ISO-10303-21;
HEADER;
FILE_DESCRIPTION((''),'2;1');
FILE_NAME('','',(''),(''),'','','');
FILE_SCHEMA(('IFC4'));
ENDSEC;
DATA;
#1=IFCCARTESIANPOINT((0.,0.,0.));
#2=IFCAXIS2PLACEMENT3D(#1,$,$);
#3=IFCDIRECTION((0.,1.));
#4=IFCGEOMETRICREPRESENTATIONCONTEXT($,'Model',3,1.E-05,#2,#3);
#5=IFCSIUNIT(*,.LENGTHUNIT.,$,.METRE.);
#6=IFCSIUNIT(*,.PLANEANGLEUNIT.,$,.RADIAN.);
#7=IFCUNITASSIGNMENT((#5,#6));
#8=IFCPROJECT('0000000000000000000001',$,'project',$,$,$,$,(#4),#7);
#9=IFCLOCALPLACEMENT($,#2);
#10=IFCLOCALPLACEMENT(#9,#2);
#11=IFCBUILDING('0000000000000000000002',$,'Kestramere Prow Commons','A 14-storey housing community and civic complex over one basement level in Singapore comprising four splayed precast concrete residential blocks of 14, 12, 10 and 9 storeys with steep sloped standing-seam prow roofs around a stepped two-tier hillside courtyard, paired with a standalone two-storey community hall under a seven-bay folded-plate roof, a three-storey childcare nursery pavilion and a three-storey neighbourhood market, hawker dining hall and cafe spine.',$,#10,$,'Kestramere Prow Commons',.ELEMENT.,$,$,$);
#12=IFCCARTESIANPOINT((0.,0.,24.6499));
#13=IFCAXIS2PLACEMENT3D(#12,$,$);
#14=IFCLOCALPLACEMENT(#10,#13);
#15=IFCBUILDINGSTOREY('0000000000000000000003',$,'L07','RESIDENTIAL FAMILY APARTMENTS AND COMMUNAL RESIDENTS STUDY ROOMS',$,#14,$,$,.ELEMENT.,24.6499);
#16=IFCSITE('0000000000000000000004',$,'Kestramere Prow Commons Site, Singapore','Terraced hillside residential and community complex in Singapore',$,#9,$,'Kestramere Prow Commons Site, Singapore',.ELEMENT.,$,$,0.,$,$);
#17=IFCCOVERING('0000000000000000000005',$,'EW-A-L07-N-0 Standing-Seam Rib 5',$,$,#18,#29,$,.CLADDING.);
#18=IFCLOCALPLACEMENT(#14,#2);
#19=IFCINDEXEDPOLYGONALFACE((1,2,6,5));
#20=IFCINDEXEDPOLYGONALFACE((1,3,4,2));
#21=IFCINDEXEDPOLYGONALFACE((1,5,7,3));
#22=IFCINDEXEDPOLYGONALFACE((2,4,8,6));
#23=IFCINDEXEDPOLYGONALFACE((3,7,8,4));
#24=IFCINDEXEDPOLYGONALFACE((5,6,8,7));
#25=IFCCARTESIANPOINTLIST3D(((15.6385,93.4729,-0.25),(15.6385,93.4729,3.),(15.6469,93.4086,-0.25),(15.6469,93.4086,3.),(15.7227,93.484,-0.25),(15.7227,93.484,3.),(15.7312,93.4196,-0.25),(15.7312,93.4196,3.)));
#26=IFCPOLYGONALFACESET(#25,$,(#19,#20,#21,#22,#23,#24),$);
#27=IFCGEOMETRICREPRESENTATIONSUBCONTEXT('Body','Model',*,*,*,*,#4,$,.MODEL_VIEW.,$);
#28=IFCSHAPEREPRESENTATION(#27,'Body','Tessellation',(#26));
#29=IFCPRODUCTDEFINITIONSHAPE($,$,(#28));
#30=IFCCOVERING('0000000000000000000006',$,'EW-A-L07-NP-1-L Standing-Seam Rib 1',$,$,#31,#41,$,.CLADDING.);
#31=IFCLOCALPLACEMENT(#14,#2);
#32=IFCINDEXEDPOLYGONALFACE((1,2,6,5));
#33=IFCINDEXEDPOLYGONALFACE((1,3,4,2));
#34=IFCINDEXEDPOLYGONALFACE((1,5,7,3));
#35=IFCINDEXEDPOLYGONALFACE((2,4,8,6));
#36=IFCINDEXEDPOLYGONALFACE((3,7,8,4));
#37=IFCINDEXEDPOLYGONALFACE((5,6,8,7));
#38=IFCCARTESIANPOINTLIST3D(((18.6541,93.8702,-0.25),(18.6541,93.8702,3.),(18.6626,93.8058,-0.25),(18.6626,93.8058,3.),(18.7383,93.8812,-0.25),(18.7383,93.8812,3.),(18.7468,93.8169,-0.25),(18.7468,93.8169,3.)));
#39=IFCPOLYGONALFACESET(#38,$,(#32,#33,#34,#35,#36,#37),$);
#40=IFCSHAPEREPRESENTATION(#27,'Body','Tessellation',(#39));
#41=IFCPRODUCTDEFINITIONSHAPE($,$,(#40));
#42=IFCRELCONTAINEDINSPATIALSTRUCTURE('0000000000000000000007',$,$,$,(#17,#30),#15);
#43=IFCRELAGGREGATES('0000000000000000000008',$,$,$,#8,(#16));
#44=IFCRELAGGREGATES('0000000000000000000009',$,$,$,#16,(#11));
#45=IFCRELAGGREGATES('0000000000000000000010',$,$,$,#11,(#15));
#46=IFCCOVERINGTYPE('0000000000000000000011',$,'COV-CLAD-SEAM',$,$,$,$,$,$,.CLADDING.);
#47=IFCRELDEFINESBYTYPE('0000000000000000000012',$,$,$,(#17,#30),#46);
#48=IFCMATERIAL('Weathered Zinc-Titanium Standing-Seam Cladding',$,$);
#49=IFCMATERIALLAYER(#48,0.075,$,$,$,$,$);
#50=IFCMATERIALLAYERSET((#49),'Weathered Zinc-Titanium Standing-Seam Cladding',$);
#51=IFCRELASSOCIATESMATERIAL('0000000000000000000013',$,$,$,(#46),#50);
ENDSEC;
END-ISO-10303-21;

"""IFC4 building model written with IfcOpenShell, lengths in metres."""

from ifc_helpers import new_model, si_unit, direction, frame, origin, origin_2d, place, context, subcontext, project, spatial, rectangle, extrude, material, layer, layer_set, type_object, element, save


model = new_model("IFC4")

# Units and contexts
model_context = context("Model", 3, precision=1e-05, world=origin(), true_north=direction((0.0, 1.0)))
body_context = subcontext(model_context, "Body", "Model", "MODEL_VIEW")
ifc_project = project(units=[si_unit("LENGTHUNIT", "METRE"), si_unit("PLANEANGLEUNIT", "RADIAN")], contexts=[model_context])

# Site, building, storey
site_placement = place(None, origin())
site = spatial("IfcSite", under=ifc_project, at=site_placement, Name="Kestramere Prow Commons Site, Singapore", Description="Terraced hillside residential and community complex in Singapore", LongName="Kestramere Prow Commons Site, Singapore", CompositionType="ELEMENT", RefElevation=0.0)
building_placement = place(site_placement, origin())
building = spatial("IfcBuilding", under=site, at=building_placement, Name="Kestramere Prow Commons", Description="A 14-storey housing community and civic complex over one basement level in Singapore comprising four splayed precast concrete residential blocks of 14, 12, 10 and 9 storeys with steep sloped standing-seam prow roofs around a stepped two-tier hillside courtyard, paired with a standalone two-storey community hall under a seven-bay folded-plate roof, a three-storey childcare nursery pavilion and a three-storey neighbourhood market, hawker dining hall and cafe spine.", LongName="Kestramere Prow Commons", CompositionType="ELEMENT")
storey_placement = place(building_placement, frame((0.0, 0.0, 24.6499)))
storey = spatial("IfcBuildingStorey", under=building, at=storey_placement, Name="L07", Description="RESIDENTIAL FAMILY APARTMENTS AND COMMUNAL RESIDENTS STUDY ROOMS", CompositionType="ELEMENT", Elevation=24.6499)

# Coverings
ifc_material_1 = material(Name="Weathered Zinc-Titanium Standing-Seam Cladding")
ifc_layer_1 = layer(ifc_material_1, 0.075)
ifc_layer_set_1 = layer_set([ifc_layer_1], Name="Weathered Zinc-Titanium Standing-Seam Cladding")
covering_type = type_object("IfcCoveringType", Name="COV-CLAD-SEAM", PredefinedType="CLADDING", material=ifc_layer_set_1)
for number, where, z_axis, x_axis, name in (
    (1, (15.6848, 93.4463, -0.25), (0.0, 0.0, 1.0), (0.991445, 0.130526, 0.0), "EW-A-L07-N-0 Standing-Seam Rib 5"),
    (2, (18.7004, 93.8435, -0.25), (0.0, 0.0, 1.0), (0.991445, 0.130526, 0.0), "EW-A-L07-NP-1-L Standing-Seam Rib 1"),
):
    element("IfcCovering", number, at=place(storey_placement, frame(where, z_axis=z_axis, x_axis=x_axis)), inside=storey, type_object=covering_type, Name=name, PredefinedType="CLADDING", context=body_context, shape_type="SweptSolid", body=[
        extrude(rectangle(XDim=0.085, YDim=0.0649, at=origin_2d()), origin(), (0.0, 0.0, 1.0), 3.25),
    ])

save(model, "model.ifc")
